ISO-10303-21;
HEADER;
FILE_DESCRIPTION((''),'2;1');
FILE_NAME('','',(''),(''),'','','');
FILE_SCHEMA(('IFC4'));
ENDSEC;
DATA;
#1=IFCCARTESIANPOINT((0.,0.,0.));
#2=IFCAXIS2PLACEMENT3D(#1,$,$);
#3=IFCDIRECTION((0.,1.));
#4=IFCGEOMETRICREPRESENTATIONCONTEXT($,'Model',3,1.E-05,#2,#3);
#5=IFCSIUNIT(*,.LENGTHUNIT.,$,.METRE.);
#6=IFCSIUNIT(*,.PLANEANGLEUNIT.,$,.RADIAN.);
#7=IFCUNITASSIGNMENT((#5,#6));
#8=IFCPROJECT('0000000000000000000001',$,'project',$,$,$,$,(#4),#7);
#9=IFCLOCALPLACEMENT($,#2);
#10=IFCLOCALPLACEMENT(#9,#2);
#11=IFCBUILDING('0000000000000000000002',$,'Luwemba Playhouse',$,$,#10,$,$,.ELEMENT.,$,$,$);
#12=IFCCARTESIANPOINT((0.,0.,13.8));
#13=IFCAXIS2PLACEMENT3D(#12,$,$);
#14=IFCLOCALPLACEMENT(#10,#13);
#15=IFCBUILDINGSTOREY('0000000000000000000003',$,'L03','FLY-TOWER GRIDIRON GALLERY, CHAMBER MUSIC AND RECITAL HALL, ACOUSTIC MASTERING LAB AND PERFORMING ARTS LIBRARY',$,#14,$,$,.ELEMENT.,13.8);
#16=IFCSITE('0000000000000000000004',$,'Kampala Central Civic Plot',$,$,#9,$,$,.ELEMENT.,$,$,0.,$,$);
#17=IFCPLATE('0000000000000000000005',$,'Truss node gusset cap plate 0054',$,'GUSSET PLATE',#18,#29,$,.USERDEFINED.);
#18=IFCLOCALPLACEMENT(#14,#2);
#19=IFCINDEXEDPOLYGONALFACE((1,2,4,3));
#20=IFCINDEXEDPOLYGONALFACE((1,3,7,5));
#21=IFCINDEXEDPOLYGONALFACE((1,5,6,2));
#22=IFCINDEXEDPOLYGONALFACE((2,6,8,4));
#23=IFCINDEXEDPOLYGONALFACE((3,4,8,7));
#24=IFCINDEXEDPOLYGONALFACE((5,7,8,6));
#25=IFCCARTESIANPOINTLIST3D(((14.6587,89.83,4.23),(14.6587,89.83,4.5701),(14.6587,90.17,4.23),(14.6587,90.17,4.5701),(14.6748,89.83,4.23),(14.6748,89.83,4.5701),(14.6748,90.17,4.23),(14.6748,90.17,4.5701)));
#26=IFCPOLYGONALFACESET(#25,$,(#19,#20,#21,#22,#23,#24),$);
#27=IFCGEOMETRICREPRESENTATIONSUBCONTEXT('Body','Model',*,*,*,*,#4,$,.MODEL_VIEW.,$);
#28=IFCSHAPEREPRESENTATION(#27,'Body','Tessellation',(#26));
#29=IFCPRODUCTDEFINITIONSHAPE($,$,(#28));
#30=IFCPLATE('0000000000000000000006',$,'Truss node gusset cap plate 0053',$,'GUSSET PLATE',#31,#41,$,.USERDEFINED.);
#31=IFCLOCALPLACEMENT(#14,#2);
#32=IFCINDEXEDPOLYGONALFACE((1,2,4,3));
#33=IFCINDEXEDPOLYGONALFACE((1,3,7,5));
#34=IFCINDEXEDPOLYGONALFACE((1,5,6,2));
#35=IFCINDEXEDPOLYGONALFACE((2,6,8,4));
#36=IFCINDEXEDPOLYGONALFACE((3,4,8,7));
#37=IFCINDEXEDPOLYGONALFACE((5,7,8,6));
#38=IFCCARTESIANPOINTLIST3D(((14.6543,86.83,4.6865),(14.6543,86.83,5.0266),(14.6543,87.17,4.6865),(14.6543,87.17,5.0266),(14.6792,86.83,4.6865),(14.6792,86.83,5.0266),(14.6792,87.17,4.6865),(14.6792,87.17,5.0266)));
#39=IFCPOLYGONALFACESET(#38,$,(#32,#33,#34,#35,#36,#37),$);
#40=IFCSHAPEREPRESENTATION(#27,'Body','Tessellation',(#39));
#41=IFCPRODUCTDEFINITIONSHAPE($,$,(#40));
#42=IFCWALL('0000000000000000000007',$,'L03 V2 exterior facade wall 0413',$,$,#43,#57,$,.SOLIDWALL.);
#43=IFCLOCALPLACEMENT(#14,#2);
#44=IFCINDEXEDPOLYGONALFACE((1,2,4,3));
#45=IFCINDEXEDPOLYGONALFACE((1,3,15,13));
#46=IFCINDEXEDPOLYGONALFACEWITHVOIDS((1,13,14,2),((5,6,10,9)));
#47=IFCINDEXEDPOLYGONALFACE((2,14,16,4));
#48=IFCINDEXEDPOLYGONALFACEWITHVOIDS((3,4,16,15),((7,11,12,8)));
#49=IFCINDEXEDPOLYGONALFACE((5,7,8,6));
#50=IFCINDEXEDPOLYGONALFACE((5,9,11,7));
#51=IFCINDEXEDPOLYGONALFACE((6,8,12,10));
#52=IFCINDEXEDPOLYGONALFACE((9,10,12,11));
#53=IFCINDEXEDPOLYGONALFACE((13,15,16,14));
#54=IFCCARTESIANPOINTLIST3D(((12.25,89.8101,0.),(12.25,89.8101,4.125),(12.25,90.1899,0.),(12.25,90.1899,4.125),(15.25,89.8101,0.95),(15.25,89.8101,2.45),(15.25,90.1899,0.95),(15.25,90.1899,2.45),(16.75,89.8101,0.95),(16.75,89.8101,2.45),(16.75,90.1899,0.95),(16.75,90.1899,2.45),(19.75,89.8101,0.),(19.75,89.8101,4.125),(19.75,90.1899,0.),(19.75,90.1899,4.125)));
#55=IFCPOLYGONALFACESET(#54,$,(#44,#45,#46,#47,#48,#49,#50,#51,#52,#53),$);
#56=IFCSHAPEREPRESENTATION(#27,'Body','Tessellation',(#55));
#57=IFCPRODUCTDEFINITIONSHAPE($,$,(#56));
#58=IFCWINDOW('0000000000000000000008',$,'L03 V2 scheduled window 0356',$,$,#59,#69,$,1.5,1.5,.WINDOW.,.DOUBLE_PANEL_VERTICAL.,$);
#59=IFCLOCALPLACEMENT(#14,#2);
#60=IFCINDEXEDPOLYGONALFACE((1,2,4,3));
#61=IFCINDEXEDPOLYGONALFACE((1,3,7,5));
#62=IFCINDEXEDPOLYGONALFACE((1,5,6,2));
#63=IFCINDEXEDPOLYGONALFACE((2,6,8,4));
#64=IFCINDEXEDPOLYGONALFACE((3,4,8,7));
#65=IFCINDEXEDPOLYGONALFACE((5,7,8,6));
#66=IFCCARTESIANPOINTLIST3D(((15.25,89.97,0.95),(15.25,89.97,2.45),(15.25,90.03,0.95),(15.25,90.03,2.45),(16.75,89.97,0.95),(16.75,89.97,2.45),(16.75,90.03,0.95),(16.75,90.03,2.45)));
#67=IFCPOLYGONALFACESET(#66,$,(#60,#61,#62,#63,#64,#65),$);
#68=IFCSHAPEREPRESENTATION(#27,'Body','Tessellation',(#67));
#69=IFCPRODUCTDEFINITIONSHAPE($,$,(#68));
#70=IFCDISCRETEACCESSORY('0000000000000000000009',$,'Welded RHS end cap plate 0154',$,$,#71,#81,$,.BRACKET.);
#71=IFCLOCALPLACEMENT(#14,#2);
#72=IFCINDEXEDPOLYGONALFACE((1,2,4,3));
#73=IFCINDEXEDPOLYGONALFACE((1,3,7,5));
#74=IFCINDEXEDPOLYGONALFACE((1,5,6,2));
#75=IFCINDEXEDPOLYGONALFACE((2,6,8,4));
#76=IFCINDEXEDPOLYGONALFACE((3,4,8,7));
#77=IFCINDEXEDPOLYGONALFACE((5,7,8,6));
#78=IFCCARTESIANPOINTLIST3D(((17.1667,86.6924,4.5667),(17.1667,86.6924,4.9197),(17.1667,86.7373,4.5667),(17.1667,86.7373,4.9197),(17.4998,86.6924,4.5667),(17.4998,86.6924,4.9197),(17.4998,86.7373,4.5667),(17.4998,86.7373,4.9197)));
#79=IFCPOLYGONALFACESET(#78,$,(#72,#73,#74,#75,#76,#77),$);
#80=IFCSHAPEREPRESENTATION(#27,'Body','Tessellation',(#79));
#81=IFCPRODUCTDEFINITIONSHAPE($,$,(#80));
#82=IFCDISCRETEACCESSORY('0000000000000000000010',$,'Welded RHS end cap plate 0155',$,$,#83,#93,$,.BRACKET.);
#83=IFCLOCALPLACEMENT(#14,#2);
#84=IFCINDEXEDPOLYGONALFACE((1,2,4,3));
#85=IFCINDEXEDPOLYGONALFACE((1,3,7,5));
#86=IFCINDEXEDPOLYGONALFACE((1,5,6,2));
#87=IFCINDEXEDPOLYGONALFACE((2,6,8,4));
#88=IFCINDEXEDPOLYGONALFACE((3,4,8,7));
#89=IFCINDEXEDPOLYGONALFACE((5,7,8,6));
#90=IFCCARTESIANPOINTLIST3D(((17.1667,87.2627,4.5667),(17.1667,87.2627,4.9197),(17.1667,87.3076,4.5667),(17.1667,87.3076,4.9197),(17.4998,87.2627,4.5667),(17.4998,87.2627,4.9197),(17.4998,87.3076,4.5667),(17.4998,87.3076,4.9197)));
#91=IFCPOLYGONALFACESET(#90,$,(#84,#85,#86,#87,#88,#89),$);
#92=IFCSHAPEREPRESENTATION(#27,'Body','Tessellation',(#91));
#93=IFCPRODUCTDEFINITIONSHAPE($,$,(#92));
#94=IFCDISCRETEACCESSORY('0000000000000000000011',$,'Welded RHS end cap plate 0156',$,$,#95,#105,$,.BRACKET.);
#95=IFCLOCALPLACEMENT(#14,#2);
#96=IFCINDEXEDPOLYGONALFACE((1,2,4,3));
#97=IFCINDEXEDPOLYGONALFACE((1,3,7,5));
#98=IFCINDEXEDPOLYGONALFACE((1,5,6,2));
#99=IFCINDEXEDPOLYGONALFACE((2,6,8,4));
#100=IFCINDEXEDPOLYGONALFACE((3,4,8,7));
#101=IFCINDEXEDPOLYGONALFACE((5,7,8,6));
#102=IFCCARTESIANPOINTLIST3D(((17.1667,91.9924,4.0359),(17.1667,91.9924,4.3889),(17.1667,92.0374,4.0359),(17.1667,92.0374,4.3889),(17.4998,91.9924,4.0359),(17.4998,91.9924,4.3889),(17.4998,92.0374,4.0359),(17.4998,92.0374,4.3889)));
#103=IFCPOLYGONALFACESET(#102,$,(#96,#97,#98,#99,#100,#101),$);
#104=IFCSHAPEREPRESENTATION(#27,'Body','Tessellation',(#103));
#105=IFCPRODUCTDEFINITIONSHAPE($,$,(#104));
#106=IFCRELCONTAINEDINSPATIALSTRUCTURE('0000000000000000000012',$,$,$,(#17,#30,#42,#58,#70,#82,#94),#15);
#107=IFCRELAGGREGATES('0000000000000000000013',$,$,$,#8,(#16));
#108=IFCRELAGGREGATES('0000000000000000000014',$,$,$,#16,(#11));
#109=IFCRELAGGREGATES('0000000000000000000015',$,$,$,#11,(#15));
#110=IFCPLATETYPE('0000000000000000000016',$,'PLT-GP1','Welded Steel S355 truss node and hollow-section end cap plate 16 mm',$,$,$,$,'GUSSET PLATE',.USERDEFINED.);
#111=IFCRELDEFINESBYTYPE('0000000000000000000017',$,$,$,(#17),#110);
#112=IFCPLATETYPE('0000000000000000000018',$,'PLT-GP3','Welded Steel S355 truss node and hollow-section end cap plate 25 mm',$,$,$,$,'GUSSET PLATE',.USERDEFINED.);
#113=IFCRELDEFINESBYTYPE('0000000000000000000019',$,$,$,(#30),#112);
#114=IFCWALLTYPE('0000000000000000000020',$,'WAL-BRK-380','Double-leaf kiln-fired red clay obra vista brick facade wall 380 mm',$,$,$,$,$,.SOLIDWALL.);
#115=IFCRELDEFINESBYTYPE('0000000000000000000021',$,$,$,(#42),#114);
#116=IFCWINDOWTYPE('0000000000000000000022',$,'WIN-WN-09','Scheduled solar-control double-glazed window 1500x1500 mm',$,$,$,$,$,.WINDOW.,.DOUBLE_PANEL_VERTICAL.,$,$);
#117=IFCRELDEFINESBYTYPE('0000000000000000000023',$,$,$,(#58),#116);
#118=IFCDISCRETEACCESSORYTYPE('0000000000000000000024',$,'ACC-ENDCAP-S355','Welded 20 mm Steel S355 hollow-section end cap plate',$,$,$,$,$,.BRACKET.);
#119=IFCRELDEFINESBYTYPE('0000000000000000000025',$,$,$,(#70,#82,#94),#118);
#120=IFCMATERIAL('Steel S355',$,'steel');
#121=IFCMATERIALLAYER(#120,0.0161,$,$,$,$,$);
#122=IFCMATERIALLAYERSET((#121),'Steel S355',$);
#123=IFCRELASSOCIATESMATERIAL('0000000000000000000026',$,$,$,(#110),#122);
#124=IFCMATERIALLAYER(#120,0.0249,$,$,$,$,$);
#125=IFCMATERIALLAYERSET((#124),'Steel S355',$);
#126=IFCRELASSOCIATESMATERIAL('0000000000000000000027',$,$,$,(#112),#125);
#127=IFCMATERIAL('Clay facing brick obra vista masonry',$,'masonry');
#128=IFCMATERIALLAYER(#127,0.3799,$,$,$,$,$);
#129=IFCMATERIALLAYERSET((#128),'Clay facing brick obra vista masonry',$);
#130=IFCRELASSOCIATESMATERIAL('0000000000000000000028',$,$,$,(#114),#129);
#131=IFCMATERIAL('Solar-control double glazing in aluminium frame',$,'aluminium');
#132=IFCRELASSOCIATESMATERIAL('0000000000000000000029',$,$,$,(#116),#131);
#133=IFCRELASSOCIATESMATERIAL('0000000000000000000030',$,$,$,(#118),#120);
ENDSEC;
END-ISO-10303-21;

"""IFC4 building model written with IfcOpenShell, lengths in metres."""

from ifc_helpers import new_model, si_unit, direction, frame, frame_2d, origin, origin_2d, place, context, subcontext, project, spatial, rectangle, extrude, material, layer, layer_set, type_object, element, fill, save


model = new_model("IFC4")

# Units and contexts
model_context = context("Model", 3, precision=1e-05, world=origin(), true_north=direction((0.0, 1.0)))
body_context = subcontext(model_context, "Body", "Model", "MODEL_VIEW")
ifc_project = project(units=[si_unit("LENGTHUNIT", "METRE"), si_unit("PLANEANGLEUNIT", "RADIAN")], contexts=[model_context])

# Site, building, storey
site_placement = place(None, origin())
site = spatial("IfcSite", under=ifc_project, at=site_placement, Name="Kampala Central Civic Plot", CompositionType="ELEMENT", RefElevation=0.0)
building_placement = place(site_placement, origin())
building = spatial("IfcBuilding", under=site, at=building_placement, Name="Luwemba Playhouse", CompositionType="ELEMENT")
storey_placement = place(building_placement, frame((0.0, 0.0, 13.8)))
storey = spatial("IfcBuildingStorey", under=building, at=storey_placement, Name="L03", Description="FLY-TOWER GRIDIRON GALLERY, CHAMBER MUSIC AND RECITAL HALL, ACOUSTIC MASTERING LAB AND PERFORMING ARTS LIBRARY", CompositionType="ELEMENT", Elevation=13.8)

# Shared definitions
ifc_material_1 = material(Name="Steel S355", Category="steel")

# Plates
ifc_layer_1 = layer(ifc_material_1, 0.0161)
ifc_layer_set_1 = layer_set([ifc_layer_1], Name="Steel S355")
plate_type_1 = type_object("IfcPlateType", Name="PLT-GP1", Description="Welded Steel S355 truss node and hollow-section end cap plate 16 mm", ElementType="GUSSET PLATE", PredefinedType="USERDEFINED", material=ifc_layer_set_1)
plate_1_placement = place(storey_placement, frame((14.6667, 90.0, 4.23), z_axis=(0.0, 0.0, 1.0), x_axis=(1.0, 0.0, 0.0)))
element("IfcPlate", 1, at=plate_1_placement, inside=storey, type_object=plate_type_1, Name="Truss node gusset cap plate 0054", ObjectType="GUSSET PLATE", PredefinedType="USERDEFINED", context=body_context, shape_type="SweptSolid", body=[
    extrude(rectangle(XDim=0.0161, YDim=0.3401, at=origin_2d()), origin(), (0.0, 0.0, 1.0), 0.3401),
])
ifc_layer_2 = layer(ifc_material_1, 0.0249)
ifc_layer_set_2 = layer_set([ifc_layer_2], Name="Steel S355")
plate_type_2 = type_object("IfcPlateType", Name="PLT-GP3", Description="Welded Steel S355 truss node and hollow-section end cap plate 25 mm", ElementType="GUSSET PLATE", PredefinedType="USERDEFINED", material=ifc_layer_set_2)
plate_2_placement = place(storey_placement, frame((14.6667, 87.0, 4.6865), z_axis=(0.0, 0.0, 1.0), x_axis=(1.0, 0.0, 0.0)))
element("IfcPlate", 2, at=plate_2_placement, inside=storey, type_object=plate_type_2, Name="Truss node gusset cap plate 0053", ObjectType="GUSSET PLATE", PredefinedType="USERDEFINED", context=body_context, shape_type="SweptSolid", body=[
    extrude(rectangle(XDim=0.0249, YDim=0.3401, at=origin_2d()), origin(), (0.0, 0.0, 1.0), 0.3401),
])

# Wall, opening, window
ifc_material_2 = material(Name="Clay facing brick obra vista masonry", Category="masonry")
ifc_layer_3 = layer(ifc_material_2, 0.3799)
ifc_layer_set_3 = layer_set([ifc_layer_3], Name="Clay facing brick obra vista masonry")
wall_type = type_object("IfcWallType", Name="WAL-BRK-380", Description="Double-leaf kiln-fired red clay obra vista brick facade wall 380 mm", PredefinedType="SOLIDWALL", material=ifc_layer_set_3)
wall_placement = place(storey_placement, frame((12.25, 90.0, 0.0), z_axis=(0.0, 0.0, 1.0), x_axis=(1.0, 0.0, 0.0)))
wall = element("IfcWall", 3, at=wall_placement, inside=storey, type_object=wall_type, Name="L03 V2 exterior facade wall 0413", PredefinedType="SOLIDWALL", context=body_context, shape_type="SweptSolid", body=[
    extrude(rectangle(XDim=7.5, YDim=0.3799, at=frame_2d((3.75, 0.0))), origin(), (0.0, 0.0, 1.0), 4.125),
])
opening_placement = place(wall_placement, frame((3.0, 0.0, 0.95)))
opening = element("IfcOpeningElement", 4, at=opening_placement, cuts=wall, PredefinedType="OPENING", context=body_context, shape_type="SweptSolid", body=[
    extrude(rectangle(XDim=1.5, YDim=1.5, at=frame_2d((0.75, 0.75))), frame((0.0, 0.2, 0.0), z_axis=(0.0, -1.0, 0.0), x_axis=(1.0, 0.0, 0.0)), (0.0, 0.0, 1.0), 0.3999),
])
ifc_material_3 = material(Name="Solar-control double glazing in aluminium frame", Category="aluminium")
window_type = type_object("IfcWindowType", Name="WIN-WN-09", Description="Scheduled solar-control double-glazed window 1500x1500 mm", PartitioningType="DOUBLE_PANEL_VERTICAL", PredefinedType="WINDOW", material=ifc_material_3)
window_placement = place(opening_placement, origin())
window = element("IfcWindow", 5, at=window_placement, inside=storey, type_object=window_type, Name="L03 V2 scheduled window 0356", OverallHeight=1.5, OverallWidth=1.5, PartitioningType="DOUBLE_PANEL_VERTICAL", PredefinedType="WINDOW", context=body_context, shape_type="SweptSolid", body=[
    extrude(rectangle(XDim=1.5, YDim=1.5, at=frame_2d((0.75, 0.75))), frame((0.0, 0.03, 0.0), z_axis=(0.0, -1.0, 0.0), x_axis=(1.0, 0.0, 0.0)), (0.0, 0.0, 1.0), 0.0601),
])
fill(opening, window)

# Discrete accessories
discrete_accessory_type = type_object("IfcDiscreteAccessoryType", Name="ACC-ENDCAP-S355", Description="Welded 20 mm Steel S355 hollow-section end cap plate", PredefinedType="BRACKET", material=ifc_material_1)
for number, where, z_axis, x_axis, name in (
    (6, (17.3333, 86.7148, 4.5667), (0.0, 0.0, 1.0), (1.0, 0.0, 0.0), "Welded RHS end cap plate 0154"),
    (7, (17.3333, 87.2852, 4.5667), (0.0, 0.0, 1.0), (1.0, 0.0, 0.0), "Welded RHS end cap plate 0155"),
    (8, (17.3333, 92.0149, 4.0359), (0.0, 0.0, 1.0), (1.0, 0.0, 0.0), "Welded RHS end cap plate 0156"),
):
    element("IfcDiscreteAccessory", number, at=place(storey_placement, frame(where, z_axis=z_axis, x_axis=x_axis)), inside=storey, type_object=discrete_accessory_type, Name=name, PredefinedType="BRACKET", context=body_context, shape_type="SweptSolid", body=[
        extrude(rectangle(XDim=0.333, YDim=0.0449, at=origin_2d()), origin(), (0.0, 0.0, 1.0), 0.353),
    ])

save(model, "model.ifc")
